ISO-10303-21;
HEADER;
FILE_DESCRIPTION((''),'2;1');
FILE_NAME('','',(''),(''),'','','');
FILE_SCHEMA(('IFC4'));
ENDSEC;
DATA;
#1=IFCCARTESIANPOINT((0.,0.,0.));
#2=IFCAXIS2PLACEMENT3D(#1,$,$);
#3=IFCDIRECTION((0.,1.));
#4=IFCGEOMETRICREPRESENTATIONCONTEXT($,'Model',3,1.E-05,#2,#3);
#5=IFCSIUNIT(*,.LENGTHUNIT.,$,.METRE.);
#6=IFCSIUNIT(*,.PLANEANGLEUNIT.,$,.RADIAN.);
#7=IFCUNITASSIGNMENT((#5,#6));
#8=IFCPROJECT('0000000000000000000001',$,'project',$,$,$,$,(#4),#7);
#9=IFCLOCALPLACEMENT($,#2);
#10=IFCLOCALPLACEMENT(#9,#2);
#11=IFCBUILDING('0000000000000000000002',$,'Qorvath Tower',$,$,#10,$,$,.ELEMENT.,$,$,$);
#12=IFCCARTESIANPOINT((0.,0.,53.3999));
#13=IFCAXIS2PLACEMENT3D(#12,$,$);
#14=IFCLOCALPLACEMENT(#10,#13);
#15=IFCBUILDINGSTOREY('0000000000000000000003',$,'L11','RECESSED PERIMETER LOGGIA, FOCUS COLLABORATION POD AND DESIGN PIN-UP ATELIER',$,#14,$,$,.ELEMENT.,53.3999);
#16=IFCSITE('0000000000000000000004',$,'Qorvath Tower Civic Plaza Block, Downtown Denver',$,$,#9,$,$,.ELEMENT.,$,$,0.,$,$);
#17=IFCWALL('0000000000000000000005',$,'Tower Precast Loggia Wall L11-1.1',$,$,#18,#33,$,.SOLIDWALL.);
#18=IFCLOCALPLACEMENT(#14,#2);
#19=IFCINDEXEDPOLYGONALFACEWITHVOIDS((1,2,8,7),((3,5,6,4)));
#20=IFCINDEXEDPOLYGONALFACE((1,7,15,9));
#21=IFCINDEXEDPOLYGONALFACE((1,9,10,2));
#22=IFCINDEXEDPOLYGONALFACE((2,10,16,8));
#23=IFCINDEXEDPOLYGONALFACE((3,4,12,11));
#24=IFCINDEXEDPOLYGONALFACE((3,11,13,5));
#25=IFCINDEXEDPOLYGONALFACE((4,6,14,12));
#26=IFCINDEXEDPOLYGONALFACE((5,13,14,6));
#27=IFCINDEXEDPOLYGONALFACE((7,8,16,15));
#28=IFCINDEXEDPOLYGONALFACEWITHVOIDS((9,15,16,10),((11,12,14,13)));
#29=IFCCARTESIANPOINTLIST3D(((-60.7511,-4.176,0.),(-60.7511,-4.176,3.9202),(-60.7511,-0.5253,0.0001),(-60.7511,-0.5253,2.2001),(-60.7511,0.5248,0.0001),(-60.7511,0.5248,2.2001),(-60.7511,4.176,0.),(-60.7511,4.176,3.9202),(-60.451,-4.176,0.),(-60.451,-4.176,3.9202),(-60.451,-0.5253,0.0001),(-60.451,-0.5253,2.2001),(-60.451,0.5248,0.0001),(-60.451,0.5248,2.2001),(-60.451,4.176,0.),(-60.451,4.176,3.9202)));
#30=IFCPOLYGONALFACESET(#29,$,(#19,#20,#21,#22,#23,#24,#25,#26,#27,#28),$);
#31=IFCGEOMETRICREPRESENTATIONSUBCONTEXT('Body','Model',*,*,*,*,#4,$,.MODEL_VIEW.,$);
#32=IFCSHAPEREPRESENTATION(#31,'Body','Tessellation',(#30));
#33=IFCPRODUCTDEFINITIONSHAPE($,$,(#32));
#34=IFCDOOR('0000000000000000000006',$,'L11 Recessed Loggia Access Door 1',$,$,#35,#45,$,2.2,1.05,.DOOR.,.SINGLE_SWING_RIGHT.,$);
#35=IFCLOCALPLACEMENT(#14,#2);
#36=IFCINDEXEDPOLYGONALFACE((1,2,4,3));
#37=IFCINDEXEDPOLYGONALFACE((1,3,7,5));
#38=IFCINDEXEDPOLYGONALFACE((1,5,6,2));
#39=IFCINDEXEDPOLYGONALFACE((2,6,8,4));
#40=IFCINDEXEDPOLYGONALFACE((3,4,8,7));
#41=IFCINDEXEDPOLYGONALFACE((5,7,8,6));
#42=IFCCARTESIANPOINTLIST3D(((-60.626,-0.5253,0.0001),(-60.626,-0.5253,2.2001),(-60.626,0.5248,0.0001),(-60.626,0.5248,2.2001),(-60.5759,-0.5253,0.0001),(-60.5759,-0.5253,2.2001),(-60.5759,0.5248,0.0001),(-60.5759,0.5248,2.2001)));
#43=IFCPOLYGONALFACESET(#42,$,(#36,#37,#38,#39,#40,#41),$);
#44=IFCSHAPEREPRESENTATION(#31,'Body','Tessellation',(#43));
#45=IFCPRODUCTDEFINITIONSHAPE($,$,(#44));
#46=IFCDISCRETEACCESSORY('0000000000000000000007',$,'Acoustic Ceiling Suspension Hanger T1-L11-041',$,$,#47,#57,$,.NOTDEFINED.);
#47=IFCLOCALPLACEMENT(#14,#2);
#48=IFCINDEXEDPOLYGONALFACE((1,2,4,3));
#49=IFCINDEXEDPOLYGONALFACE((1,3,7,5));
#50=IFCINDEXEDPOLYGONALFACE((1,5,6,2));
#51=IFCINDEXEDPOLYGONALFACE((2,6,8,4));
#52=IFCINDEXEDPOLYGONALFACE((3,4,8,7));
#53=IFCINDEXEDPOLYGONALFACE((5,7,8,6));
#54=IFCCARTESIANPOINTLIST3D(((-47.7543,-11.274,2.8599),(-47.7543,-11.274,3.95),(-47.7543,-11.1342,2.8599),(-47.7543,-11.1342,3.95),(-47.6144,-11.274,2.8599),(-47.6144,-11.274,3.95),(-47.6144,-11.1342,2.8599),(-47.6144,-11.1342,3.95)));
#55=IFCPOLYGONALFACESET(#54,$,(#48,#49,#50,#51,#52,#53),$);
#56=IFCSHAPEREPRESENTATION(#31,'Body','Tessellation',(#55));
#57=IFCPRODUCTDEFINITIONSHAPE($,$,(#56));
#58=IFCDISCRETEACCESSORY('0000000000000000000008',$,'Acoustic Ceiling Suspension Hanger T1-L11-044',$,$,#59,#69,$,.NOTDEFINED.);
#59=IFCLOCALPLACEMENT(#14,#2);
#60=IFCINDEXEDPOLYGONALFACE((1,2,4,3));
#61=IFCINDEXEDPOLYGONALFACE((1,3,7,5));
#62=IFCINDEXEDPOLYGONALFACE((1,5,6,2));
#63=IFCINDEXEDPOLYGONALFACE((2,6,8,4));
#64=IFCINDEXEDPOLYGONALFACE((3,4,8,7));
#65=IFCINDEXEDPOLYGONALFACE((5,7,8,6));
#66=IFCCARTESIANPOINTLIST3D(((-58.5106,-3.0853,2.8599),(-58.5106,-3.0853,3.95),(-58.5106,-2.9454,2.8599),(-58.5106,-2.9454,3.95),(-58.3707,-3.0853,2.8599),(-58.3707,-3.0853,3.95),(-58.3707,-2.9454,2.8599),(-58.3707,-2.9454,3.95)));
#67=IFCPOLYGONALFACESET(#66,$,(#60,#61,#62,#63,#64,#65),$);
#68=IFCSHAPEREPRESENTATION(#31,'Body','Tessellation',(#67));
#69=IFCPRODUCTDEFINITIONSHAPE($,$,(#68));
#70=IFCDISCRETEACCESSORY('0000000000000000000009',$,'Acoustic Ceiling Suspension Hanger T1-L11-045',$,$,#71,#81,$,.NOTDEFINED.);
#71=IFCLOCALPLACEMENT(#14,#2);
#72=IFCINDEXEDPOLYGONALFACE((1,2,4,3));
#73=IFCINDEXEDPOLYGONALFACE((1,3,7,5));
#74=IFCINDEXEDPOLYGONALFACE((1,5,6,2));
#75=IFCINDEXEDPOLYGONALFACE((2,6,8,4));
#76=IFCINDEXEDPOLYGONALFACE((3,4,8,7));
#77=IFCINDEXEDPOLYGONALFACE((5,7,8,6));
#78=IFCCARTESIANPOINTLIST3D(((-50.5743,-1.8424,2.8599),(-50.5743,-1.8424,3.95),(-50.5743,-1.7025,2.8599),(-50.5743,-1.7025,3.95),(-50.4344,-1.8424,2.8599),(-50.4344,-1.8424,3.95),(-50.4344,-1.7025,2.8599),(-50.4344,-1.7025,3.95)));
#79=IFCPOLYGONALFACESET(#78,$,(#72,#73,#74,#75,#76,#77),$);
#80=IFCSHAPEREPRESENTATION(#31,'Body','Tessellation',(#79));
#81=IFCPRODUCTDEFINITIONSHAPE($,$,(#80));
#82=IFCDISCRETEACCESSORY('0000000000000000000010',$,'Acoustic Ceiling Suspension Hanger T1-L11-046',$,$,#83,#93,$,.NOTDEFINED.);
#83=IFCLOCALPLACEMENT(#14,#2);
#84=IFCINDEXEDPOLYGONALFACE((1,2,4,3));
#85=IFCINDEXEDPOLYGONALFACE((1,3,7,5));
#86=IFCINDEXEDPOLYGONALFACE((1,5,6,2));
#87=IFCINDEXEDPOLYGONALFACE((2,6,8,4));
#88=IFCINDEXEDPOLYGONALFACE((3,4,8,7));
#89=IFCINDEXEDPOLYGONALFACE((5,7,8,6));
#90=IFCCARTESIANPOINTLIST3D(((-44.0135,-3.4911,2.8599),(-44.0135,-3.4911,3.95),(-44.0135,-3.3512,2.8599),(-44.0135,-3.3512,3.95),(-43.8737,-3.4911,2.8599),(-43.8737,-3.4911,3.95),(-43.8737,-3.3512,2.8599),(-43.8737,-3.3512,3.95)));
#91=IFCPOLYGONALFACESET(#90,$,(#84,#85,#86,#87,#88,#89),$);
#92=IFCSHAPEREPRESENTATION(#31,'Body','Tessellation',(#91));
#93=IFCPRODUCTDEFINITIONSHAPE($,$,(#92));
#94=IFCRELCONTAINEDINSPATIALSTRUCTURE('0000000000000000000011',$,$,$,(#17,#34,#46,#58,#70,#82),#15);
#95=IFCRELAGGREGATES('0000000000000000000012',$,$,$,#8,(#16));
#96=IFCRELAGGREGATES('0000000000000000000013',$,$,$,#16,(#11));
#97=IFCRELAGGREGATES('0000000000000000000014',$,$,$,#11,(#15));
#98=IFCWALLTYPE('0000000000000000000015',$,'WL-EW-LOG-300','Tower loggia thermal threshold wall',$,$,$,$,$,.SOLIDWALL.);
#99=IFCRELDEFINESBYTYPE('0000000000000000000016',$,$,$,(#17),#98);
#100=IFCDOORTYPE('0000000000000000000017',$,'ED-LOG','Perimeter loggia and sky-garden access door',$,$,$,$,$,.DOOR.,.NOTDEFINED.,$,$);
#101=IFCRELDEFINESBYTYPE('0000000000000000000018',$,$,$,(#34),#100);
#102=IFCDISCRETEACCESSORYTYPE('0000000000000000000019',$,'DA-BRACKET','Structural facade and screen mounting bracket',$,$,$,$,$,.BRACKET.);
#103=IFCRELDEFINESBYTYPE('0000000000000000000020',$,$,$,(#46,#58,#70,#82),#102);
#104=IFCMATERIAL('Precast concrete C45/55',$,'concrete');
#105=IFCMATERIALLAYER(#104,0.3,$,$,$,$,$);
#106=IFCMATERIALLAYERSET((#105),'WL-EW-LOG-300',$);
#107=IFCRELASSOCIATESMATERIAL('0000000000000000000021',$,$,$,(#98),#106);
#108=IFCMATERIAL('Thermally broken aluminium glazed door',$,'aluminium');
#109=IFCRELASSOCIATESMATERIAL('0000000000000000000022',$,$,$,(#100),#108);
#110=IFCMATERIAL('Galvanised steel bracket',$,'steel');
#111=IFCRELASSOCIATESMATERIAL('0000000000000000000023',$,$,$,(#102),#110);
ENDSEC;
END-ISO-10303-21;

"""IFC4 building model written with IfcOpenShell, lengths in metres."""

from ifc_helpers import new_model, si_unit, direction, frame, frame_2d, origin, origin_2d, place, context, subcontext, project, spatial, rectangle, extrude, material, layer, layer_set, type_object, element, fill, save


model = new_model("IFC4")

# Units and contexts
model_context = context("Model", 3, precision=1e-05, world=origin(), true_north=direction((0.0, 1.0)))
body_context = subcontext(model_context, "Body", "Model", "MODEL_VIEW")
ifc_project = project(units=[si_unit("LENGTHUNIT", "METRE"), si_unit("PLANEANGLEUNIT", "RADIAN")], contexts=[model_context])

# Site, building, storey
site_placement = place(None, origin())
site = spatial("IfcSite", under=ifc_project, at=site_placement, Name="Qorvath Tower Civic Plaza Block, Downtown Denver", CompositionType="ELEMENT", RefElevation=0.0)
building_placement = place(site_placement, origin())
building = spatial("IfcBuilding", under=site, at=building_placement, Name="Qorvath Tower", CompositionType="ELEMENT")
storey_placement = place(building_placement, frame((0.0, 0.0, 53.3999)))
storey = spatial("IfcBuildingStorey", under=building, at=storey_placement, Name="L11", Description="RECESSED PERIMETER LOGGIA, FOCUS COLLABORATION POD AND DESIGN PIN-UP ATELIER", CompositionType="ELEMENT", Elevation=53.3999)

# Wall, opening, door
ifc_material_1 = material(Name="Precast concrete C45/55", Category="concrete")
ifc_layer_1 = layer(ifc_material_1, 0.3)
ifc_layer_set_1 = layer_set([ifc_layer_1], Name="WL-EW-LOG-300")
wall_type_1 = type_object("IfcWallType", Name="WL-EW-LOG-300", Description="Tower loggia thermal threshold wall", PredefinedType="SOLIDWALL", material=ifc_layer_set_1)
wall_1_placement = place(storey_placement, frame((-60.6011, -4.176, 0.0), z_axis=(0.0, 0.0, 1.0), x_axis=(0.0, 1.0, 0.0)))
wall_1 = element("IfcWall", 1, at=wall_1_placement, inside=storey, type_object=wall_type_1, Name="Tower Precast Loggia Wall L11-1.1", PredefinedType="SOLIDWALL", context=body_context, shape_type="SweptSolid", body=[
    extrude(rectangle(XDim=8.3521, YDim=0.3, at=frame_2d((4.176, 0.0))), origin(), (0.0, 0.0, 1.0), 3.9202),
])
opening_1_placement = place(wall_1_placement, frame((3.6509, 0.0, 0.0)))
opening_1 = element("IfcOpeningElement", 2, at=opening_1_placement, cuts=wall_1, PredefinedType="OPENING", context=body_context, shape_type="SweptSolid", body=[
    extrude(rectangle(XDim=1.05, YDim=2.2, at=frame_2d((0.5249, 1.1001))), frame((0.0, 0.1602, 0.0), z_axis=(0.0, -1.0, 0.0), x_axis=(1.0, 0.0, 0.0)), (0.0, 0.0, 1.0), 0.3201),
])
ifc_material_2 = material(Name="Thermally broken aluminium glazed door", Category="aluminium")
door_type_1 = type_object("IfcDoorType", Name="ED-LOG", Description="Perimeter loggia and sky-garden access door", OperationType="NOTDEFINED", PredefinedType="DOOR", material=ifc_material_2)
door_1_placement = place(opening_1_placement, origin())
door_1 = element("IfcDoor", 3, at=door_1_placement, inside=storey, type_object=door_type_1, Name="L11 Recessed Loggia Access Door 1", OperationType="SINGLE_SWING_RIGHT", OverallHeight=2.2, OverallWidth=1.05, PredefinedType="DOOR", context=body_context, shape_type="SweptSolid", body=[
    extrude(rectangle(XDim=1.05, YDim=2.2, at=frame_2d((0.5249, 1.1001))), frame((0.0, 0.0249, 0.0), z_axis=(0.0, -1.0, 0.0), x_axis=(1.0, 0.0, 0.0)), (0.0, 0.0, 1.0), 0.05),
])
fill(opening_1, door_1)

# Discrete accessories
ifc_material_3 = material(Name="Galvanised steel bracket", Category="steel")
discrete_accessory_type = type_object("IfcDiscreteAccessoryType", Name="DA-BRACKET", Description="Structural facade and screen mounting bracket", PredefinedType="BRACKET", material=ifc_material_3)
for number, where, z_axis, x_axis, name in (
    (4, (-47.6843, -11.2041, 2.8599), (0.0, 0.0, 1.0), (1.0, 0.0, 0.0), "Acoustic Ceiling Suspension Hanger T1-L11-041"),
    (5, (-58.4407, -3.0154, 2.8599), (0.0, 0.0, 1.0), (1.0, 0.0, 0.0), "Acoustic Ceiling Suspension Hanger T1-L11-044"),
    (6, (-50.5044, -1.7725, 2.8599), (0.0, 0.0, 1.0), (1.0, 0.0, 0.0), "Acoustic Ceiling Suspension Hanger T1-L11-045"),
    (7, (-43.9436, -3.4211, 2.8599), (0.0, 0.0, 1.0), (1.0, 0.0, 0.0), "Acoustic Ceiling Suspension Hanger T1-L11-046"),
):
    element("IfcDiscreteAccessory", number, at=place(storey_placement, frame(where, z_axis=z_axis, x_axis=x_axis)), inside=storey, type_object=discrete_accessory_type, Name=name, PredefinedType="NOTDEFINED", context=body_context, shape_type="SweptSolid", body=[
        extrude(rectangle(XDim=0.1399, YDim=0.1399, at=origin_2d()), origin(), (0.0, 0.0, 1.0), 1.0901),
    ])

save(model, "model.ifc")
